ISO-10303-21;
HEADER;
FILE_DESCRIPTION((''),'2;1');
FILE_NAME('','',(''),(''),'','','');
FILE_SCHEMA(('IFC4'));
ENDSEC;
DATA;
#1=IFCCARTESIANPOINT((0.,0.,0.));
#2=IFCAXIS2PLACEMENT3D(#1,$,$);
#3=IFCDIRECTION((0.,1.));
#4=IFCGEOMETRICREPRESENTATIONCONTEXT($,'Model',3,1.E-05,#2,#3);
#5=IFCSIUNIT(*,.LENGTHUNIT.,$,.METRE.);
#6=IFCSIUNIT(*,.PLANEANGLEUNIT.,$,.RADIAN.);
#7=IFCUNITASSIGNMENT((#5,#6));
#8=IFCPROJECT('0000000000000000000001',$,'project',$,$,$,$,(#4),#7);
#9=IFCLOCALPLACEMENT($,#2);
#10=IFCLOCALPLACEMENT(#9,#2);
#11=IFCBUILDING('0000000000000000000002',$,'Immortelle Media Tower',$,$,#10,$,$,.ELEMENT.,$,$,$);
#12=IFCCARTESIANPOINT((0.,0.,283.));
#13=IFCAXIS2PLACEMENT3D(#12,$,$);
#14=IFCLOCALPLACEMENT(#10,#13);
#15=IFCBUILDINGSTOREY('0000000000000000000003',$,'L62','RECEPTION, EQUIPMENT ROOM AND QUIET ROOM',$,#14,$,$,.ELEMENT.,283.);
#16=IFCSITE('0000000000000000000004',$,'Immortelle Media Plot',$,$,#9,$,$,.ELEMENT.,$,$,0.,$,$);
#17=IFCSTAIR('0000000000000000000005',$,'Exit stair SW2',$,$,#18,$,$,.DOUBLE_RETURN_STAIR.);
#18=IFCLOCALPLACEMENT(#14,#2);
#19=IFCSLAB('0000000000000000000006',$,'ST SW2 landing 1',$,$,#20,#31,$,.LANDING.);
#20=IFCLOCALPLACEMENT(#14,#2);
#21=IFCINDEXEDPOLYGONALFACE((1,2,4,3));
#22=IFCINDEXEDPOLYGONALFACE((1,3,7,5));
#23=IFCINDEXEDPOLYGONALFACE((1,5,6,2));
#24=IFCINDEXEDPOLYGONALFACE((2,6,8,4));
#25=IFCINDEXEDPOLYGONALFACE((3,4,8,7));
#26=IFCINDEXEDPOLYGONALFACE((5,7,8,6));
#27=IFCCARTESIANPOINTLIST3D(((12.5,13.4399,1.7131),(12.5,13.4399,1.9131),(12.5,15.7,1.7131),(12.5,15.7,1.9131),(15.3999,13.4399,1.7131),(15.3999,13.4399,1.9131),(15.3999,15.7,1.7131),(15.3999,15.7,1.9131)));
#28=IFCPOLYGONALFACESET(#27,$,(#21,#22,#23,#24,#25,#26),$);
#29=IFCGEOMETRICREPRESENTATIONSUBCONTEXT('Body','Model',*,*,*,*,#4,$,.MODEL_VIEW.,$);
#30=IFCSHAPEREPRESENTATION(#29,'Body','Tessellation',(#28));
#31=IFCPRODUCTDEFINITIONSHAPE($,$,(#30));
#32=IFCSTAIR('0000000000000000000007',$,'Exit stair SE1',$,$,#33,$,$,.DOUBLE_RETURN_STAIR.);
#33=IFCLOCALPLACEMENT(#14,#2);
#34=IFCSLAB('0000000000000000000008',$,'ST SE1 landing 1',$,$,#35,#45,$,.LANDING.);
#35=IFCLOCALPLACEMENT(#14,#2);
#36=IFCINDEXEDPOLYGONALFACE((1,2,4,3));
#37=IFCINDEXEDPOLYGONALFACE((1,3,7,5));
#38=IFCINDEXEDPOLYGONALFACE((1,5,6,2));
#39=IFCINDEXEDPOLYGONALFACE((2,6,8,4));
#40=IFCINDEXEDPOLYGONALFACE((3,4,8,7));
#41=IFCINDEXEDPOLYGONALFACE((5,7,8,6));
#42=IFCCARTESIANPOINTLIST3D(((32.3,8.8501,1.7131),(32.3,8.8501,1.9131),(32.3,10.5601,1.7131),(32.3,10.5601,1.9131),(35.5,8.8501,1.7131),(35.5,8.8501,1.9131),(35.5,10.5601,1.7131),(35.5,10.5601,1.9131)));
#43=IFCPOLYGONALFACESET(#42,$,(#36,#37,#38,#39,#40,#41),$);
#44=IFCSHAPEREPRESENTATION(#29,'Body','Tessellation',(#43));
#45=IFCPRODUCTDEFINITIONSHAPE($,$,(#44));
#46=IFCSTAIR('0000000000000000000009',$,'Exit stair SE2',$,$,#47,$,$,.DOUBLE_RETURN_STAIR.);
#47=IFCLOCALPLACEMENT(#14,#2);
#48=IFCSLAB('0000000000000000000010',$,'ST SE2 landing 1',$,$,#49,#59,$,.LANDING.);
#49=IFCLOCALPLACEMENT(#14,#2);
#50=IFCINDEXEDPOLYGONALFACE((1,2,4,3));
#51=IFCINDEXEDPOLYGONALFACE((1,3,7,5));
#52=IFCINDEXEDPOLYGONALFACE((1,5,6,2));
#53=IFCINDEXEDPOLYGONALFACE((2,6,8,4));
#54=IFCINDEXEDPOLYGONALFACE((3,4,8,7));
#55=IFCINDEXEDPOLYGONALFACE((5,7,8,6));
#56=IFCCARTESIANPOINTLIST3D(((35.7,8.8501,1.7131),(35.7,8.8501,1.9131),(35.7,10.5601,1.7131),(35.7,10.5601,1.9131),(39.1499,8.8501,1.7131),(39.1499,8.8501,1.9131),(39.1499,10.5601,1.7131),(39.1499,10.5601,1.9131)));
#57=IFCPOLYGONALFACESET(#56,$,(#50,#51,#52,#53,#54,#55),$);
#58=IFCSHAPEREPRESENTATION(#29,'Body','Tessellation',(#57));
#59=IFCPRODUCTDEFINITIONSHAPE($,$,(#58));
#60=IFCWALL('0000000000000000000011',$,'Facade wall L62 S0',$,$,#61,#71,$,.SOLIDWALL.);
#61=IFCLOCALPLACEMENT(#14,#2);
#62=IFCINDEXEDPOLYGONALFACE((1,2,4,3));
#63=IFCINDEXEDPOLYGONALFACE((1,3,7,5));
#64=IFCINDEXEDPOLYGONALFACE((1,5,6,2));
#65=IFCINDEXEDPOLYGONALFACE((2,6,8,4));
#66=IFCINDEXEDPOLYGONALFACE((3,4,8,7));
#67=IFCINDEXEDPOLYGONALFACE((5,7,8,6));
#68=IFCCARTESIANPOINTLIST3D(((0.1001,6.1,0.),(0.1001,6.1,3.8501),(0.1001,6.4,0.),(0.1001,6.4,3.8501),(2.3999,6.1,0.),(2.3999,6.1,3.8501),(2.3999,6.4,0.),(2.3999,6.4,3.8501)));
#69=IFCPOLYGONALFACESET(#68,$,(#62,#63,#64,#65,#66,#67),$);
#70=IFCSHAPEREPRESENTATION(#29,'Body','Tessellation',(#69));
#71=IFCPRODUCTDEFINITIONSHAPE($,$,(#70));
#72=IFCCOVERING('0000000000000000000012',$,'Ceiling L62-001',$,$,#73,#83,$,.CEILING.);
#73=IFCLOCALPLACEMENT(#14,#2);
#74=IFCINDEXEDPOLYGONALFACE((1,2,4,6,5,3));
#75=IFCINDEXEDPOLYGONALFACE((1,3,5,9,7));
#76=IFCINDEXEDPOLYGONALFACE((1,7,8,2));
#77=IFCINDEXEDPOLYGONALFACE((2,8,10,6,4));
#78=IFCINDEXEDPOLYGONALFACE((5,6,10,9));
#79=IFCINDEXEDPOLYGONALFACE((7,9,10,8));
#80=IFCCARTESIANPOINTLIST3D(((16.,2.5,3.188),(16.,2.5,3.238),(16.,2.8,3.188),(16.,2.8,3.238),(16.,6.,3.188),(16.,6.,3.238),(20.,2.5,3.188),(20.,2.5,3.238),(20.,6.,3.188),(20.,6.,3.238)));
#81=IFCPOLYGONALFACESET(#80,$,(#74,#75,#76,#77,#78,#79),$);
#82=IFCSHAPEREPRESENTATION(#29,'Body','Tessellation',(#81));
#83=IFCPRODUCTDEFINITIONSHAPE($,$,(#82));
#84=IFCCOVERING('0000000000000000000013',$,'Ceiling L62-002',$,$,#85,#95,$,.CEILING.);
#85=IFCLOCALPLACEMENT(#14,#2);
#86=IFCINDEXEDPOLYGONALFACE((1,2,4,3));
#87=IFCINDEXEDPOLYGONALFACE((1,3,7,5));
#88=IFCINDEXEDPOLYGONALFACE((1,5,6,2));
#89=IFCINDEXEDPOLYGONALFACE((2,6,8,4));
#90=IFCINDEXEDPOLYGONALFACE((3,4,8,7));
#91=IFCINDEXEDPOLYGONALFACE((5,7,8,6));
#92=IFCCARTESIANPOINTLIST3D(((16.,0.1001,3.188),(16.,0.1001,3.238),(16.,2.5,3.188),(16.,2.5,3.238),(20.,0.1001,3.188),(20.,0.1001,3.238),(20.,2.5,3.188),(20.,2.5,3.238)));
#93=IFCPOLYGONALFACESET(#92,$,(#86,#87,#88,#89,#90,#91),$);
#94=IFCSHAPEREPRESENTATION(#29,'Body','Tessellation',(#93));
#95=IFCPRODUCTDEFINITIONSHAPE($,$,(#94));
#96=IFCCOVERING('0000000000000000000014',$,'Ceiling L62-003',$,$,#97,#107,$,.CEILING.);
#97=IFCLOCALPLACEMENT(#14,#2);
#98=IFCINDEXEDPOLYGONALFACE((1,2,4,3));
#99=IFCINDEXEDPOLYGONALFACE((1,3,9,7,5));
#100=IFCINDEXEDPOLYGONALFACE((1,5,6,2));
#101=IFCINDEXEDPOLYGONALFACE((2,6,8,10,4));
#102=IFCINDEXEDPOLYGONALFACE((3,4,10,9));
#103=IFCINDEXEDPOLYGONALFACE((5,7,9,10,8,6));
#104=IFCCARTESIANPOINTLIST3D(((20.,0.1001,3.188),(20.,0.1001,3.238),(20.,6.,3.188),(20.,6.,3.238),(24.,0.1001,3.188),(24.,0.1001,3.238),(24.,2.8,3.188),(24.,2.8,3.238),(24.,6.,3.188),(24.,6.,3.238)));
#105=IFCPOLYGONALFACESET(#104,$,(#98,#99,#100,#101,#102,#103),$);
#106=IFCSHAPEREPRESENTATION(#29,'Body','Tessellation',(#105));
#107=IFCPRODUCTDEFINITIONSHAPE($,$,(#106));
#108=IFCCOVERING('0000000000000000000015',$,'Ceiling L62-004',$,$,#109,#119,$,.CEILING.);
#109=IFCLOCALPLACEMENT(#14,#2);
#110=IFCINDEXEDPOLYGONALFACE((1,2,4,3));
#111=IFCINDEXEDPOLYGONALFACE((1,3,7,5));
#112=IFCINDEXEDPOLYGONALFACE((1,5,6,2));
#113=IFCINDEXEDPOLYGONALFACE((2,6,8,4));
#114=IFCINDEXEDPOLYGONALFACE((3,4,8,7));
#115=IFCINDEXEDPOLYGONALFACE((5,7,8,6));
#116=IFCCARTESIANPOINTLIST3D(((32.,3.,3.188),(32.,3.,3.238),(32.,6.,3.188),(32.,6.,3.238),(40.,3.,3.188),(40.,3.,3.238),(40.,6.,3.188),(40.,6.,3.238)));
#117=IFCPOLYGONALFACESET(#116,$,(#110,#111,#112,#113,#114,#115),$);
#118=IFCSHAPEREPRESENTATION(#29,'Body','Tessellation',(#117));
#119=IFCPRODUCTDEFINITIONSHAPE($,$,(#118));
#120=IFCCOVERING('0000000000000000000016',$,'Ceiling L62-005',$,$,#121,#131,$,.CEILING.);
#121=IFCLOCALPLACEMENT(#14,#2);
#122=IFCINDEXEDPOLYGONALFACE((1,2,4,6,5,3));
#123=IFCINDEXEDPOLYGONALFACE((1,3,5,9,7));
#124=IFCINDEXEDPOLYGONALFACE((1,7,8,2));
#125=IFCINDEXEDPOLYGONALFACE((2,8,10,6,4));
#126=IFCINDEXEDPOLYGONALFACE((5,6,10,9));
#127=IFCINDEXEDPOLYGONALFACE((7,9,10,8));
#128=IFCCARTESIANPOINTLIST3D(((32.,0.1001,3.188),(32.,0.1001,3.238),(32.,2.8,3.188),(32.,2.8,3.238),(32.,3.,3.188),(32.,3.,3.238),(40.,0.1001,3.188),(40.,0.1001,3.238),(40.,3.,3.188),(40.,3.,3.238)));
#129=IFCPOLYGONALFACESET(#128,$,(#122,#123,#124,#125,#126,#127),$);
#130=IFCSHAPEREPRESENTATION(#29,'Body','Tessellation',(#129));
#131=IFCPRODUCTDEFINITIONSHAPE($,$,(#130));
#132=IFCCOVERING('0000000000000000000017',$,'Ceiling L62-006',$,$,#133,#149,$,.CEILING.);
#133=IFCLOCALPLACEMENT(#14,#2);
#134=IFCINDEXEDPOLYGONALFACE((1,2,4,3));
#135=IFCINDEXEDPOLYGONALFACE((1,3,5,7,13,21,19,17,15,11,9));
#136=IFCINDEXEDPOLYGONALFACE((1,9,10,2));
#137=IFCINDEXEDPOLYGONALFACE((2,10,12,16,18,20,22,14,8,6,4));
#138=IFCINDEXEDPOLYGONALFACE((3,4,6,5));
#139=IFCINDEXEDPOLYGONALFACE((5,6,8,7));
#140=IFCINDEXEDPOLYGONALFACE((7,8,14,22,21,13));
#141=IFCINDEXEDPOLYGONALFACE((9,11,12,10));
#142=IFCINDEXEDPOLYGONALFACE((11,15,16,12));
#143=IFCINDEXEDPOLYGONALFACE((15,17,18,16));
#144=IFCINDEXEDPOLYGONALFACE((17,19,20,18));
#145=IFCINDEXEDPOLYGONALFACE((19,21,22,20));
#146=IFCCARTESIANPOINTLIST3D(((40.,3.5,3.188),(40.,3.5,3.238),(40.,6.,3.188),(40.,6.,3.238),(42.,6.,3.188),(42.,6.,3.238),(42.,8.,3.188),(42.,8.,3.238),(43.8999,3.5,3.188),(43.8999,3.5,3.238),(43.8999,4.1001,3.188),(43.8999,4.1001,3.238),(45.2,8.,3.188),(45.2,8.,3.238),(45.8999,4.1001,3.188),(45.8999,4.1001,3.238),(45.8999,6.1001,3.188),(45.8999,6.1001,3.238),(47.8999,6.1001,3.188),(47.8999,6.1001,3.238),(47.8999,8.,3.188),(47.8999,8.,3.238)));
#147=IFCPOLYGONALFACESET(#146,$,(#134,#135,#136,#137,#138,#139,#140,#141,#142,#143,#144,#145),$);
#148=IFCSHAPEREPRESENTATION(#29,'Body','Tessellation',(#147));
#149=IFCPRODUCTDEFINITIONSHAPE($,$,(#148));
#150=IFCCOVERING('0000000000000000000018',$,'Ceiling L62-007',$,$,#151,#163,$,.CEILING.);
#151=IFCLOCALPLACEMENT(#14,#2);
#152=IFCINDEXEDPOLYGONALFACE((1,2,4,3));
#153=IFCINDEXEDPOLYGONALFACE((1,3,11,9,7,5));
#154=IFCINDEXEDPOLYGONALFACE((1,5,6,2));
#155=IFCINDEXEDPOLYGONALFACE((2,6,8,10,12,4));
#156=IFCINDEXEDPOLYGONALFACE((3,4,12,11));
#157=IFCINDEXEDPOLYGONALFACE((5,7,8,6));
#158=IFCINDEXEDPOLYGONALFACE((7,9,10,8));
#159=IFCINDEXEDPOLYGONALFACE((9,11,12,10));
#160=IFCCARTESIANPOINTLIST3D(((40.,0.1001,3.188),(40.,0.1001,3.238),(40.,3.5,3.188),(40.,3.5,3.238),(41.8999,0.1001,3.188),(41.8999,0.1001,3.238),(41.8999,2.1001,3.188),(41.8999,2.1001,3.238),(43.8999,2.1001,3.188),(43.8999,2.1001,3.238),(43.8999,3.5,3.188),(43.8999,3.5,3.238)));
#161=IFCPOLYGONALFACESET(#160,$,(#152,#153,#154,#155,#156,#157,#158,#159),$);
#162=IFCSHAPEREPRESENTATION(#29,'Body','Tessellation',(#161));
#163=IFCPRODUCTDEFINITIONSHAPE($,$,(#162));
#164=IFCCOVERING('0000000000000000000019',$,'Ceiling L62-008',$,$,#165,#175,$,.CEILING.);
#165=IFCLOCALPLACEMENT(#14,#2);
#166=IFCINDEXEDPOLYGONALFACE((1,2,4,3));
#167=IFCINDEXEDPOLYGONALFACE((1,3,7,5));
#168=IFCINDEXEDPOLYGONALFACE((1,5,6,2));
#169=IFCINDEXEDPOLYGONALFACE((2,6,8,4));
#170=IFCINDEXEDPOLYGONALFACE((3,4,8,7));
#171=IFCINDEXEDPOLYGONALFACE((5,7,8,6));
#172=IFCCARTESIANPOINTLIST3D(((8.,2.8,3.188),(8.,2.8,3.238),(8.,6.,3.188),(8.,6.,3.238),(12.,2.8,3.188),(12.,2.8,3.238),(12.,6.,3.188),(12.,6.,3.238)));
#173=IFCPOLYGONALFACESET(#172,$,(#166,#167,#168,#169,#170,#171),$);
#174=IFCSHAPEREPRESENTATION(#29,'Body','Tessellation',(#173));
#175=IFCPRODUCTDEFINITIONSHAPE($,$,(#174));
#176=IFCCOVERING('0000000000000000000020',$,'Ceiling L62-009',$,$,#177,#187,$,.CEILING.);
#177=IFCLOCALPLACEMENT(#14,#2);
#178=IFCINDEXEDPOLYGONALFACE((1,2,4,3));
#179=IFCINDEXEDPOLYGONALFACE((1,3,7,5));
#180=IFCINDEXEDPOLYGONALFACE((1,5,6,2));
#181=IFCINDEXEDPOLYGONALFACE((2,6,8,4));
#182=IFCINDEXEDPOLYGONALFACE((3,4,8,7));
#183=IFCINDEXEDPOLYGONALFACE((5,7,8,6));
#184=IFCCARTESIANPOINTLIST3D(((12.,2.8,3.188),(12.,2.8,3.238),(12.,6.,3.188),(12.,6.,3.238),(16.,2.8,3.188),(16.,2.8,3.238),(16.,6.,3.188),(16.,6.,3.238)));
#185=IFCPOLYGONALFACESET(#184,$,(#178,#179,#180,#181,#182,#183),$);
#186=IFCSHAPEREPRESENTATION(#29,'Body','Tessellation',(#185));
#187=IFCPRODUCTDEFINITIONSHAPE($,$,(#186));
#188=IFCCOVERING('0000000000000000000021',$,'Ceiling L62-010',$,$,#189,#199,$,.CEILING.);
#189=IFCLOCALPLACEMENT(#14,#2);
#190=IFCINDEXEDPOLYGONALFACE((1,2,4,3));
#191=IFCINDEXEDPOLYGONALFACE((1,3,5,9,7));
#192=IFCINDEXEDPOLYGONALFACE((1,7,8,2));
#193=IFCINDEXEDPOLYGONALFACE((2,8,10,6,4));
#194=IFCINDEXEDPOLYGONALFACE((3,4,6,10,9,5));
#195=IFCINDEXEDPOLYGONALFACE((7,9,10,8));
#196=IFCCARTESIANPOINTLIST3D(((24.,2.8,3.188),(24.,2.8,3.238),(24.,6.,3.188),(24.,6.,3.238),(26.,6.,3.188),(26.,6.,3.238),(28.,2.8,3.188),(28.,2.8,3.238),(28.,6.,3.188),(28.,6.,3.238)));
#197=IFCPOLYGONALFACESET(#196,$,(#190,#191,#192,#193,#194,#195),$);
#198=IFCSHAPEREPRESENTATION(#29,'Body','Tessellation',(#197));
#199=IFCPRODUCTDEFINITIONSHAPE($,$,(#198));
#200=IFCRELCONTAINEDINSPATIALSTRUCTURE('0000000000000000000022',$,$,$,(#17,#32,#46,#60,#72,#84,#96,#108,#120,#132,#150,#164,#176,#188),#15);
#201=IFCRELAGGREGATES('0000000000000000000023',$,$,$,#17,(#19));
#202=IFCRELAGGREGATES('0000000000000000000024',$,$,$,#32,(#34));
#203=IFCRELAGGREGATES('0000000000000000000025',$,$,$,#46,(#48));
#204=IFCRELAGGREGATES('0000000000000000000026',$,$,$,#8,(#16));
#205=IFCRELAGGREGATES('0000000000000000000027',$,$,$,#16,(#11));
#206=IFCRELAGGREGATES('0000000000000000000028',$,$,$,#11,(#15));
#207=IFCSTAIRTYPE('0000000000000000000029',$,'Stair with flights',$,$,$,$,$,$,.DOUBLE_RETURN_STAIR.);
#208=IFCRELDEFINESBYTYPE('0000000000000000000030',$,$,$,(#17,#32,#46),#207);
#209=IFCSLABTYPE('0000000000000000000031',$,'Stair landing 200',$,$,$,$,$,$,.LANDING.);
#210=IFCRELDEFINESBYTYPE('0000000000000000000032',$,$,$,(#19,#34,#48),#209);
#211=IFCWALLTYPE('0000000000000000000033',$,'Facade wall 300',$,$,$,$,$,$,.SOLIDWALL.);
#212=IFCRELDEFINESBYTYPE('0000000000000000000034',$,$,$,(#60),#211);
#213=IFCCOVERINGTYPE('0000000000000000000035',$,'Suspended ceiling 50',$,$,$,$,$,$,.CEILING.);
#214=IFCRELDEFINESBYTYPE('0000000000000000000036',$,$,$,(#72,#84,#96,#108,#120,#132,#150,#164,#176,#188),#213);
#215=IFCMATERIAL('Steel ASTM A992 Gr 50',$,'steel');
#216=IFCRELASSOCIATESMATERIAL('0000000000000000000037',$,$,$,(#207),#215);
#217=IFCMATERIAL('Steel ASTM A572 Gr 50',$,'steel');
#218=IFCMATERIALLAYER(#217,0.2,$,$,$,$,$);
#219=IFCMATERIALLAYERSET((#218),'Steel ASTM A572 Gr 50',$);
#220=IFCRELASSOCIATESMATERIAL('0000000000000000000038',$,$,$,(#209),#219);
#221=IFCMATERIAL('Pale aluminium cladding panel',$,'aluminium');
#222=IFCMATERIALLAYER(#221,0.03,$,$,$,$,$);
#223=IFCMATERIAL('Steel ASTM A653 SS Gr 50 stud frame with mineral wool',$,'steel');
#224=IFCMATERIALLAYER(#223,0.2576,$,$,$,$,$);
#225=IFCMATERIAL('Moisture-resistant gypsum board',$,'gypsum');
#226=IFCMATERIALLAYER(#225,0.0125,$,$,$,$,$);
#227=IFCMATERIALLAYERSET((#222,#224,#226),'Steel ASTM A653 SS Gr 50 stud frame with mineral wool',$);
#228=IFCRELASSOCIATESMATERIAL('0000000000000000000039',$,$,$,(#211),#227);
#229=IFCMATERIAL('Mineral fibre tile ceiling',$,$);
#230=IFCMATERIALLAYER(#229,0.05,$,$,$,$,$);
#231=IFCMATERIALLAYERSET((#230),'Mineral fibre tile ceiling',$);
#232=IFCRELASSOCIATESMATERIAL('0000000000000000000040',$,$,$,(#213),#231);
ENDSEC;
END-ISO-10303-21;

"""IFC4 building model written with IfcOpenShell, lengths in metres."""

from ifc_helpers import new_model, si_unit, direction, frame, frame_2d, origin, place, context, subcontext, project, spatial, polyline, rectangle, outline, extrude, material, layer, layer_set, type_object, element, aggregate, save


model = new_model("IFC4")

# Units and contexts
model_context = context("Model", 3, precision=1e-05, world=origin(), true_north=direction((0.0, 1.0)))
body_context = subcontext(model_context, "Body", "Model", "MODEL_VIEW")
ifc_project = project(units=[si_unit("LENGTHUNIT", "METRE"), si_unit("PLANEANGLEUNIT", "RADIAN")], contexts=[model_context])

# Site, building, storey
site_placement = place(None, origin())
site = spatial("IfcSite", under=ifc_project, at=site_placement, Name="Immortelle Media Plot", CompositionType="ELEMENT", RefElevation=0.0)
building_placement = place(site_placement, origin())
building = spatial("IfcBuilding", under=site, at=building_placement, Name="Immortelle Media Tower", CompositionType="ELEMENT")
storey_placement = place(building_placement, frame((0.0, 0.0, 283.0)))
storey = spatial("IfcBuildingStorey", under=building, at=storey_placement, Name="L62", Description="RECEPTION, EQUIPMENT ROOM AND QUIET ROOM", CompositionType="ELEMENT", Elevation=283.0)

# Shared definitions
ifc_material_1 = material(Name="Steel ASTM A992 Gr 50", Category="steel")

# Stairs, slabs
stair_type = type_object("IfcStairType", Name="Stair with flights", PredefinedType="DOUBLE_RETURN_STAIR", material=ifc_material_1)
ifc_material_2 = material(Name="Steel ASTM A572 Gr 50", Category="steel")
ifc_layer_1 = layer(ifc_material_2, 0.2)
ifc_layer_set_1 = layer_set([ifc_layer_1], Name="Steel ASTM A572 Gr 50")
slab_type_1 = type_object("IfcSlabType", Name="Stair landing 200", PredefinedType="LANDING", material=ifc_layer_set_1)
stair_1_placement = place(storey_placement, origin())
stair_1 = element("IfcStair", 1, at=stair_1_placement, inside=storey, type_object=stair_type, Name="Exit stair SW2", PredefinedType="DOUBLE_RETURN_STAIR")
slab_1_placement = place(storey_placement, frame((0.0, 0.0, 1.7131)))
slab_1 = element("IfcSlab", 2, at=slab_1_placement, type_object=slab_type_1, Name="ST SW2 landing 1", PredefinedType="LANDING", context=body_context, shape_type="SweptSolid", body=[
    extrude(outline(polyline([(12.5, 13.4399), (15.3999, 13.4399), (15.3999, 15.7), (12.5, 15.7), (12.5, 13.4399)])), origin(), (0.0, 0.0, 1.0), 0.2),
])
aggregate(stair_1, [slab_1])
stair_2_placement = place(storey_placement, origin())
stair_2 = element("IfcStair", 3, at=stair_2_placement, inside=storey, type_object=stair_type, Name="Exit stair SE1", PredefinedType="DOUBLE_RETURN_STAIR")
slab_2_placement = place(storey_placement, frame((0.0, 0.0, 1.7131)))
slab_2 = element("IfcSlab", 4, at=slab_2_placement, type_object=slab_type_1, Name="ST SE1 landing 1", PredefinedType="LANDING", context=body_context, shape_type="SweptSolid", body=[
    extrude(outline(polyline([(32.3, 8.8501), (35.5, 8.8501), (35.5, 10.5601), (32.3, 10.5601), (32.3, 8.8501)])), origin(), (0.0, 0.0, 1.0), 0.2),
])
aggregate(stair_2, [slab_2])
stair_3_placement = place(storey_placement, origin())
stair_3 = element("IfcStair", 5, at=stair_3_placement, inside=storey, type_object=stair_type, Name="Exit stair SE2", PredefinedType="DOUBLE_RETURN_STAIR")
slab_3_placement = place(storey_placement, frame((0.0, 0.0, 1.7131)))
slab_3 = element("IfcSlab", 6, at=slab_3_placement, type_object=slab_type_1, Name="ST SE2 landing 1", PredefinedType="LANDING", context=body_context, shape_type="SweptSolid", body=[
    extrude(outline(polyline([(35.7, 8.8501), (39.1499, 8.8501), (39.1499, 10.5601), (35.7, 10.5601), (35.7, 8.8501)])), origin(), (0.0, 0.0, 1.0), 0.2),
])
aggregate(stair_3, [slab_3])

# Wall
ifc_material_3 = material(Name="Pale aluminium cladding panel", Category="aluminium")
ifc_layer_2 = layer(ifc_material_3, 0.03)
ifc_material_4 = material(Name="Steel ASTM A653 SS Gr 50 stud frame with mineral wool", Category="steel")
ifc_layer_3 = layer(ifc_material_4, 0.2576)
ifc_material_5 = material(Name="Moisture-resistant gypsum board", Category="gypsum")
ifc_layer_4 = layer(ifc_material_5, 0.0125)
ifc_layer_set_2 = layer_set([ifc_layer_2, ifc_layer_3, ifc_layer_4], Name="Steel ASTM A653 SS Gr 50 stud frame with mineral wool")
wall_type = type_object("IfcWallType", Name="Facade wall 300", PredefinedType="SOLIDWALL", material=ifc_layer_set_2)
wall_placement = place(storey_placement, frame((0.1001, 6.25, 0.0), z_axis=(0.0, 0.0, 1.0), x_axis=(1.0, 0.0, 0.0)))
element("IfcWall", 7, at=wall_placement, inside=storey, type_object=wall_type, Name="Facade wall L62 S0", PredefinedType="SOLIDWALL", context=body_context, shape_type="SweptSolid", body=[
    extrude(rectangle(XDim=2.2998, YDim=0.3, at=frame_2d((1.1499, 0.0))), origin(), (0.0, 0.0, 1.0), 3.8501),
])

# Coverings
ifc_material_6 = material(Name="Mineral fibre tile ceiling")
ifc_layer_5 = layer(ifc_material_6, 0.05)
ifc_layer_set_3 = layer_set([ifc_layer_5], Name="Mineral fibre tile ceiling")
covering_type = type_object("IfcCoveringType", Name="Suspended ceiling 50", PredefinedType="CEILING", material=ifc_layer_set_3)
covering_1_placement = place(storey_placement, frame((0.0, 0.0, 3.188)))
element("IfcCovering", 8, at=covering_1_placement, inside=storey, type_object=covering_type, Name="Ceiling L62-001", PredefinedType="CEILING", context=body_context, shape_type="SweptSolid", body=[
    extrude(outline(polyline([(16.0, 6.0), (20.0, 6.0), (20.0, 2.5), (16.0, 2.5), (16.0, 2.8), (16.0, 6.0)])), origin(), (0.0, 0.0, 1.0), 0.05),
])
covering_2_placement = place(storey_placement, frame((0.0, 0.0, 3.188)))
element("IfcCovering", 9, at=covering_2_placement, inside=storey, type_object=covering_type, Name="Ceiling L62-002", PredefinedType="CEILING", context=body_context, shape_type="SweptSolid", body=[
    extrude(outline(polyline([(20.0, 0.1001), (16.0, 0.1001), (16.0, 2.5), (20.0, 2.5), (20.0, 0.1001)])), origin(), (0.0, 0.0, 1.0), 0.05),
])
covering_3_placement = place(storey_placement, frame((0.0, 0.0, 3.188)))
element("IfcCovering", 10, at=covering_3_placement, inside=storey, type_object=covering_type, Name="Ceiling L62-003", PredefinedType="CEILING", context=body_context, shape_type="SweptSolid", body=[
    extrude(outline(polyline([(24.0, 6.0), (24.0, 2.8), (24.0, 0.1001), (20.0, 0.1001), (20.0, 6.0), (24.0, 6.0)])), origin(), (0.0, 0.0, 1.0), 0.05),
])
covering_4_placement = place(storey_placement, frame((0.0, 0.0, 3.188)))
element("IfcCovering", 11, at=covering_4_placement, inside=storey, type_object=covering_type, Name="Ceiling L62-004", PredefinedType="CEILING", context=body_context, shape_type="SweptSolid", body=[
    extrude(outline(polyline([(40.0, 6.0), (40.0, 3.0), (32.0, 3.0), (32.0, 6.0), (40.0, 6.0)])), origin(), (0.0, 0.0, 1.0), 0.05),
])
covering_5_placement = place(storey_placement, frame((0.0, 0.0, 3.188)))
element("IfcCovering", 12, at=covering_5_placement, inside=storey, type_object=covering_type, Name="Ceiling L62-005", PredefinedType="CEILING", context=body_context, shape_type="SweptSolid", body=[
    extrude(outline(polyline([(40.0, 0.1001), (32.0, 0.1001), (32.0, 2.8), (32.0, 3.0), (40.0, 3.0), (40.0, 0.1001)])), origin(), (0.0, 0.0, 1.0), 0.05),
])
covering_6_placement = place(storey_placement, frame((0.0, 0.0, 3.188)))
element("IfcCovering", 13, at=covering_6_placement, inside=storey, type_object=covering_type, Name="Ceiling L62-006", PredefinedType="CEILING", context=body_context, shape_type="SweptSolid", body=[
    extrude(outline(polyline([(42.0, 8.0), (45.2, 8.0), (47.8999, 8.0), (47.8999, 6.1001), (45.8999, 6.1001), (45.8999, 4.1001), (43.8999, 4.1001), (43.8999, 3.5), (40.0, 3.5), (40.0, 6.0), (42.0, 6.0), (42.0, 8.0)])), origin(), (0.0, 0.0, 1.0), 0.05),
])
covering_7_placement = place(storey_placement, frame((0.0, 0.0, 3.188)))
element("IfcCovering", 14, at=covering_7_placement, inside=storey, type_object=covering_type, Name="Ceiling L62-007", PredefinedType="CEILING", context=body_context, shape_type="SweptSolid", body=[
    extrude(outline(polyline([(43.8999, 2.1001), (41.8999, 2.1001), (41.8999, 0.1001), (40.0, 0.1001), (40.0, 3.5), (43.8999, 3.5), (43.8999, 2.1001)])), origin(), (0.0, 0.0, 1.0), 0.05),
])
covering_8_placement = place(storey_placement, frame((0.0, 0.0, 3.188)))
element("IfcCovering", 15, at=covering_8_placement, inside=storey, type_object=covering_type, Name="Ceiling L62-008", PredefinedType="CEILING", context=body_context, shape_type="SweptSolid", body=[
    extrude(outline(polyline([(8.0, 6.0), (12.0, 6.0), (12.0, 2.8), (8.0, 2.8), (8.0, 6.0)])), origin(), (0.0, 0.0, 1.0), 0.05),
])
covering_9_placement = place(storey_placement, frame((0.0, 0.0, 3.188)))
element("IfcCovering", 16, at=covering_9_placement, inside=storey, type_object=covering_type, Name="Ceiling L62-009", PredefinedType="CEILING", context=body_context, shape_type="SweptSolid", body=[
    extrude(outline(polyline([(16.0, 6.0), (16.0, 2.8), (12.0, 2.8), (12.0, 6.0), (16.0, 6.0)])), origin(), (0.0, 0.0, 1.0), 0.05),
])
covering_10_placement = place(storey_placement, frame((0.0, 0.0, 3.188)))
element("IfcCovering", 17, at=covering_10_placement, inside=storey, type_object=covering_type, Name="Ceiling L62-010", PredefinedType="CEILING", context=body_context, shape_type="SweptSolid", body=[
    extrude(outline(polyline([(24.0, 6.0), (26.0, 6.0), (28.0, 6.0), (28.0, 2.8), (24.0, 2.8), (24.0, 6.0)])), origin(), (0.0, 0.0, 1.0), 0.05),
])

save(model, "model.ifc")
